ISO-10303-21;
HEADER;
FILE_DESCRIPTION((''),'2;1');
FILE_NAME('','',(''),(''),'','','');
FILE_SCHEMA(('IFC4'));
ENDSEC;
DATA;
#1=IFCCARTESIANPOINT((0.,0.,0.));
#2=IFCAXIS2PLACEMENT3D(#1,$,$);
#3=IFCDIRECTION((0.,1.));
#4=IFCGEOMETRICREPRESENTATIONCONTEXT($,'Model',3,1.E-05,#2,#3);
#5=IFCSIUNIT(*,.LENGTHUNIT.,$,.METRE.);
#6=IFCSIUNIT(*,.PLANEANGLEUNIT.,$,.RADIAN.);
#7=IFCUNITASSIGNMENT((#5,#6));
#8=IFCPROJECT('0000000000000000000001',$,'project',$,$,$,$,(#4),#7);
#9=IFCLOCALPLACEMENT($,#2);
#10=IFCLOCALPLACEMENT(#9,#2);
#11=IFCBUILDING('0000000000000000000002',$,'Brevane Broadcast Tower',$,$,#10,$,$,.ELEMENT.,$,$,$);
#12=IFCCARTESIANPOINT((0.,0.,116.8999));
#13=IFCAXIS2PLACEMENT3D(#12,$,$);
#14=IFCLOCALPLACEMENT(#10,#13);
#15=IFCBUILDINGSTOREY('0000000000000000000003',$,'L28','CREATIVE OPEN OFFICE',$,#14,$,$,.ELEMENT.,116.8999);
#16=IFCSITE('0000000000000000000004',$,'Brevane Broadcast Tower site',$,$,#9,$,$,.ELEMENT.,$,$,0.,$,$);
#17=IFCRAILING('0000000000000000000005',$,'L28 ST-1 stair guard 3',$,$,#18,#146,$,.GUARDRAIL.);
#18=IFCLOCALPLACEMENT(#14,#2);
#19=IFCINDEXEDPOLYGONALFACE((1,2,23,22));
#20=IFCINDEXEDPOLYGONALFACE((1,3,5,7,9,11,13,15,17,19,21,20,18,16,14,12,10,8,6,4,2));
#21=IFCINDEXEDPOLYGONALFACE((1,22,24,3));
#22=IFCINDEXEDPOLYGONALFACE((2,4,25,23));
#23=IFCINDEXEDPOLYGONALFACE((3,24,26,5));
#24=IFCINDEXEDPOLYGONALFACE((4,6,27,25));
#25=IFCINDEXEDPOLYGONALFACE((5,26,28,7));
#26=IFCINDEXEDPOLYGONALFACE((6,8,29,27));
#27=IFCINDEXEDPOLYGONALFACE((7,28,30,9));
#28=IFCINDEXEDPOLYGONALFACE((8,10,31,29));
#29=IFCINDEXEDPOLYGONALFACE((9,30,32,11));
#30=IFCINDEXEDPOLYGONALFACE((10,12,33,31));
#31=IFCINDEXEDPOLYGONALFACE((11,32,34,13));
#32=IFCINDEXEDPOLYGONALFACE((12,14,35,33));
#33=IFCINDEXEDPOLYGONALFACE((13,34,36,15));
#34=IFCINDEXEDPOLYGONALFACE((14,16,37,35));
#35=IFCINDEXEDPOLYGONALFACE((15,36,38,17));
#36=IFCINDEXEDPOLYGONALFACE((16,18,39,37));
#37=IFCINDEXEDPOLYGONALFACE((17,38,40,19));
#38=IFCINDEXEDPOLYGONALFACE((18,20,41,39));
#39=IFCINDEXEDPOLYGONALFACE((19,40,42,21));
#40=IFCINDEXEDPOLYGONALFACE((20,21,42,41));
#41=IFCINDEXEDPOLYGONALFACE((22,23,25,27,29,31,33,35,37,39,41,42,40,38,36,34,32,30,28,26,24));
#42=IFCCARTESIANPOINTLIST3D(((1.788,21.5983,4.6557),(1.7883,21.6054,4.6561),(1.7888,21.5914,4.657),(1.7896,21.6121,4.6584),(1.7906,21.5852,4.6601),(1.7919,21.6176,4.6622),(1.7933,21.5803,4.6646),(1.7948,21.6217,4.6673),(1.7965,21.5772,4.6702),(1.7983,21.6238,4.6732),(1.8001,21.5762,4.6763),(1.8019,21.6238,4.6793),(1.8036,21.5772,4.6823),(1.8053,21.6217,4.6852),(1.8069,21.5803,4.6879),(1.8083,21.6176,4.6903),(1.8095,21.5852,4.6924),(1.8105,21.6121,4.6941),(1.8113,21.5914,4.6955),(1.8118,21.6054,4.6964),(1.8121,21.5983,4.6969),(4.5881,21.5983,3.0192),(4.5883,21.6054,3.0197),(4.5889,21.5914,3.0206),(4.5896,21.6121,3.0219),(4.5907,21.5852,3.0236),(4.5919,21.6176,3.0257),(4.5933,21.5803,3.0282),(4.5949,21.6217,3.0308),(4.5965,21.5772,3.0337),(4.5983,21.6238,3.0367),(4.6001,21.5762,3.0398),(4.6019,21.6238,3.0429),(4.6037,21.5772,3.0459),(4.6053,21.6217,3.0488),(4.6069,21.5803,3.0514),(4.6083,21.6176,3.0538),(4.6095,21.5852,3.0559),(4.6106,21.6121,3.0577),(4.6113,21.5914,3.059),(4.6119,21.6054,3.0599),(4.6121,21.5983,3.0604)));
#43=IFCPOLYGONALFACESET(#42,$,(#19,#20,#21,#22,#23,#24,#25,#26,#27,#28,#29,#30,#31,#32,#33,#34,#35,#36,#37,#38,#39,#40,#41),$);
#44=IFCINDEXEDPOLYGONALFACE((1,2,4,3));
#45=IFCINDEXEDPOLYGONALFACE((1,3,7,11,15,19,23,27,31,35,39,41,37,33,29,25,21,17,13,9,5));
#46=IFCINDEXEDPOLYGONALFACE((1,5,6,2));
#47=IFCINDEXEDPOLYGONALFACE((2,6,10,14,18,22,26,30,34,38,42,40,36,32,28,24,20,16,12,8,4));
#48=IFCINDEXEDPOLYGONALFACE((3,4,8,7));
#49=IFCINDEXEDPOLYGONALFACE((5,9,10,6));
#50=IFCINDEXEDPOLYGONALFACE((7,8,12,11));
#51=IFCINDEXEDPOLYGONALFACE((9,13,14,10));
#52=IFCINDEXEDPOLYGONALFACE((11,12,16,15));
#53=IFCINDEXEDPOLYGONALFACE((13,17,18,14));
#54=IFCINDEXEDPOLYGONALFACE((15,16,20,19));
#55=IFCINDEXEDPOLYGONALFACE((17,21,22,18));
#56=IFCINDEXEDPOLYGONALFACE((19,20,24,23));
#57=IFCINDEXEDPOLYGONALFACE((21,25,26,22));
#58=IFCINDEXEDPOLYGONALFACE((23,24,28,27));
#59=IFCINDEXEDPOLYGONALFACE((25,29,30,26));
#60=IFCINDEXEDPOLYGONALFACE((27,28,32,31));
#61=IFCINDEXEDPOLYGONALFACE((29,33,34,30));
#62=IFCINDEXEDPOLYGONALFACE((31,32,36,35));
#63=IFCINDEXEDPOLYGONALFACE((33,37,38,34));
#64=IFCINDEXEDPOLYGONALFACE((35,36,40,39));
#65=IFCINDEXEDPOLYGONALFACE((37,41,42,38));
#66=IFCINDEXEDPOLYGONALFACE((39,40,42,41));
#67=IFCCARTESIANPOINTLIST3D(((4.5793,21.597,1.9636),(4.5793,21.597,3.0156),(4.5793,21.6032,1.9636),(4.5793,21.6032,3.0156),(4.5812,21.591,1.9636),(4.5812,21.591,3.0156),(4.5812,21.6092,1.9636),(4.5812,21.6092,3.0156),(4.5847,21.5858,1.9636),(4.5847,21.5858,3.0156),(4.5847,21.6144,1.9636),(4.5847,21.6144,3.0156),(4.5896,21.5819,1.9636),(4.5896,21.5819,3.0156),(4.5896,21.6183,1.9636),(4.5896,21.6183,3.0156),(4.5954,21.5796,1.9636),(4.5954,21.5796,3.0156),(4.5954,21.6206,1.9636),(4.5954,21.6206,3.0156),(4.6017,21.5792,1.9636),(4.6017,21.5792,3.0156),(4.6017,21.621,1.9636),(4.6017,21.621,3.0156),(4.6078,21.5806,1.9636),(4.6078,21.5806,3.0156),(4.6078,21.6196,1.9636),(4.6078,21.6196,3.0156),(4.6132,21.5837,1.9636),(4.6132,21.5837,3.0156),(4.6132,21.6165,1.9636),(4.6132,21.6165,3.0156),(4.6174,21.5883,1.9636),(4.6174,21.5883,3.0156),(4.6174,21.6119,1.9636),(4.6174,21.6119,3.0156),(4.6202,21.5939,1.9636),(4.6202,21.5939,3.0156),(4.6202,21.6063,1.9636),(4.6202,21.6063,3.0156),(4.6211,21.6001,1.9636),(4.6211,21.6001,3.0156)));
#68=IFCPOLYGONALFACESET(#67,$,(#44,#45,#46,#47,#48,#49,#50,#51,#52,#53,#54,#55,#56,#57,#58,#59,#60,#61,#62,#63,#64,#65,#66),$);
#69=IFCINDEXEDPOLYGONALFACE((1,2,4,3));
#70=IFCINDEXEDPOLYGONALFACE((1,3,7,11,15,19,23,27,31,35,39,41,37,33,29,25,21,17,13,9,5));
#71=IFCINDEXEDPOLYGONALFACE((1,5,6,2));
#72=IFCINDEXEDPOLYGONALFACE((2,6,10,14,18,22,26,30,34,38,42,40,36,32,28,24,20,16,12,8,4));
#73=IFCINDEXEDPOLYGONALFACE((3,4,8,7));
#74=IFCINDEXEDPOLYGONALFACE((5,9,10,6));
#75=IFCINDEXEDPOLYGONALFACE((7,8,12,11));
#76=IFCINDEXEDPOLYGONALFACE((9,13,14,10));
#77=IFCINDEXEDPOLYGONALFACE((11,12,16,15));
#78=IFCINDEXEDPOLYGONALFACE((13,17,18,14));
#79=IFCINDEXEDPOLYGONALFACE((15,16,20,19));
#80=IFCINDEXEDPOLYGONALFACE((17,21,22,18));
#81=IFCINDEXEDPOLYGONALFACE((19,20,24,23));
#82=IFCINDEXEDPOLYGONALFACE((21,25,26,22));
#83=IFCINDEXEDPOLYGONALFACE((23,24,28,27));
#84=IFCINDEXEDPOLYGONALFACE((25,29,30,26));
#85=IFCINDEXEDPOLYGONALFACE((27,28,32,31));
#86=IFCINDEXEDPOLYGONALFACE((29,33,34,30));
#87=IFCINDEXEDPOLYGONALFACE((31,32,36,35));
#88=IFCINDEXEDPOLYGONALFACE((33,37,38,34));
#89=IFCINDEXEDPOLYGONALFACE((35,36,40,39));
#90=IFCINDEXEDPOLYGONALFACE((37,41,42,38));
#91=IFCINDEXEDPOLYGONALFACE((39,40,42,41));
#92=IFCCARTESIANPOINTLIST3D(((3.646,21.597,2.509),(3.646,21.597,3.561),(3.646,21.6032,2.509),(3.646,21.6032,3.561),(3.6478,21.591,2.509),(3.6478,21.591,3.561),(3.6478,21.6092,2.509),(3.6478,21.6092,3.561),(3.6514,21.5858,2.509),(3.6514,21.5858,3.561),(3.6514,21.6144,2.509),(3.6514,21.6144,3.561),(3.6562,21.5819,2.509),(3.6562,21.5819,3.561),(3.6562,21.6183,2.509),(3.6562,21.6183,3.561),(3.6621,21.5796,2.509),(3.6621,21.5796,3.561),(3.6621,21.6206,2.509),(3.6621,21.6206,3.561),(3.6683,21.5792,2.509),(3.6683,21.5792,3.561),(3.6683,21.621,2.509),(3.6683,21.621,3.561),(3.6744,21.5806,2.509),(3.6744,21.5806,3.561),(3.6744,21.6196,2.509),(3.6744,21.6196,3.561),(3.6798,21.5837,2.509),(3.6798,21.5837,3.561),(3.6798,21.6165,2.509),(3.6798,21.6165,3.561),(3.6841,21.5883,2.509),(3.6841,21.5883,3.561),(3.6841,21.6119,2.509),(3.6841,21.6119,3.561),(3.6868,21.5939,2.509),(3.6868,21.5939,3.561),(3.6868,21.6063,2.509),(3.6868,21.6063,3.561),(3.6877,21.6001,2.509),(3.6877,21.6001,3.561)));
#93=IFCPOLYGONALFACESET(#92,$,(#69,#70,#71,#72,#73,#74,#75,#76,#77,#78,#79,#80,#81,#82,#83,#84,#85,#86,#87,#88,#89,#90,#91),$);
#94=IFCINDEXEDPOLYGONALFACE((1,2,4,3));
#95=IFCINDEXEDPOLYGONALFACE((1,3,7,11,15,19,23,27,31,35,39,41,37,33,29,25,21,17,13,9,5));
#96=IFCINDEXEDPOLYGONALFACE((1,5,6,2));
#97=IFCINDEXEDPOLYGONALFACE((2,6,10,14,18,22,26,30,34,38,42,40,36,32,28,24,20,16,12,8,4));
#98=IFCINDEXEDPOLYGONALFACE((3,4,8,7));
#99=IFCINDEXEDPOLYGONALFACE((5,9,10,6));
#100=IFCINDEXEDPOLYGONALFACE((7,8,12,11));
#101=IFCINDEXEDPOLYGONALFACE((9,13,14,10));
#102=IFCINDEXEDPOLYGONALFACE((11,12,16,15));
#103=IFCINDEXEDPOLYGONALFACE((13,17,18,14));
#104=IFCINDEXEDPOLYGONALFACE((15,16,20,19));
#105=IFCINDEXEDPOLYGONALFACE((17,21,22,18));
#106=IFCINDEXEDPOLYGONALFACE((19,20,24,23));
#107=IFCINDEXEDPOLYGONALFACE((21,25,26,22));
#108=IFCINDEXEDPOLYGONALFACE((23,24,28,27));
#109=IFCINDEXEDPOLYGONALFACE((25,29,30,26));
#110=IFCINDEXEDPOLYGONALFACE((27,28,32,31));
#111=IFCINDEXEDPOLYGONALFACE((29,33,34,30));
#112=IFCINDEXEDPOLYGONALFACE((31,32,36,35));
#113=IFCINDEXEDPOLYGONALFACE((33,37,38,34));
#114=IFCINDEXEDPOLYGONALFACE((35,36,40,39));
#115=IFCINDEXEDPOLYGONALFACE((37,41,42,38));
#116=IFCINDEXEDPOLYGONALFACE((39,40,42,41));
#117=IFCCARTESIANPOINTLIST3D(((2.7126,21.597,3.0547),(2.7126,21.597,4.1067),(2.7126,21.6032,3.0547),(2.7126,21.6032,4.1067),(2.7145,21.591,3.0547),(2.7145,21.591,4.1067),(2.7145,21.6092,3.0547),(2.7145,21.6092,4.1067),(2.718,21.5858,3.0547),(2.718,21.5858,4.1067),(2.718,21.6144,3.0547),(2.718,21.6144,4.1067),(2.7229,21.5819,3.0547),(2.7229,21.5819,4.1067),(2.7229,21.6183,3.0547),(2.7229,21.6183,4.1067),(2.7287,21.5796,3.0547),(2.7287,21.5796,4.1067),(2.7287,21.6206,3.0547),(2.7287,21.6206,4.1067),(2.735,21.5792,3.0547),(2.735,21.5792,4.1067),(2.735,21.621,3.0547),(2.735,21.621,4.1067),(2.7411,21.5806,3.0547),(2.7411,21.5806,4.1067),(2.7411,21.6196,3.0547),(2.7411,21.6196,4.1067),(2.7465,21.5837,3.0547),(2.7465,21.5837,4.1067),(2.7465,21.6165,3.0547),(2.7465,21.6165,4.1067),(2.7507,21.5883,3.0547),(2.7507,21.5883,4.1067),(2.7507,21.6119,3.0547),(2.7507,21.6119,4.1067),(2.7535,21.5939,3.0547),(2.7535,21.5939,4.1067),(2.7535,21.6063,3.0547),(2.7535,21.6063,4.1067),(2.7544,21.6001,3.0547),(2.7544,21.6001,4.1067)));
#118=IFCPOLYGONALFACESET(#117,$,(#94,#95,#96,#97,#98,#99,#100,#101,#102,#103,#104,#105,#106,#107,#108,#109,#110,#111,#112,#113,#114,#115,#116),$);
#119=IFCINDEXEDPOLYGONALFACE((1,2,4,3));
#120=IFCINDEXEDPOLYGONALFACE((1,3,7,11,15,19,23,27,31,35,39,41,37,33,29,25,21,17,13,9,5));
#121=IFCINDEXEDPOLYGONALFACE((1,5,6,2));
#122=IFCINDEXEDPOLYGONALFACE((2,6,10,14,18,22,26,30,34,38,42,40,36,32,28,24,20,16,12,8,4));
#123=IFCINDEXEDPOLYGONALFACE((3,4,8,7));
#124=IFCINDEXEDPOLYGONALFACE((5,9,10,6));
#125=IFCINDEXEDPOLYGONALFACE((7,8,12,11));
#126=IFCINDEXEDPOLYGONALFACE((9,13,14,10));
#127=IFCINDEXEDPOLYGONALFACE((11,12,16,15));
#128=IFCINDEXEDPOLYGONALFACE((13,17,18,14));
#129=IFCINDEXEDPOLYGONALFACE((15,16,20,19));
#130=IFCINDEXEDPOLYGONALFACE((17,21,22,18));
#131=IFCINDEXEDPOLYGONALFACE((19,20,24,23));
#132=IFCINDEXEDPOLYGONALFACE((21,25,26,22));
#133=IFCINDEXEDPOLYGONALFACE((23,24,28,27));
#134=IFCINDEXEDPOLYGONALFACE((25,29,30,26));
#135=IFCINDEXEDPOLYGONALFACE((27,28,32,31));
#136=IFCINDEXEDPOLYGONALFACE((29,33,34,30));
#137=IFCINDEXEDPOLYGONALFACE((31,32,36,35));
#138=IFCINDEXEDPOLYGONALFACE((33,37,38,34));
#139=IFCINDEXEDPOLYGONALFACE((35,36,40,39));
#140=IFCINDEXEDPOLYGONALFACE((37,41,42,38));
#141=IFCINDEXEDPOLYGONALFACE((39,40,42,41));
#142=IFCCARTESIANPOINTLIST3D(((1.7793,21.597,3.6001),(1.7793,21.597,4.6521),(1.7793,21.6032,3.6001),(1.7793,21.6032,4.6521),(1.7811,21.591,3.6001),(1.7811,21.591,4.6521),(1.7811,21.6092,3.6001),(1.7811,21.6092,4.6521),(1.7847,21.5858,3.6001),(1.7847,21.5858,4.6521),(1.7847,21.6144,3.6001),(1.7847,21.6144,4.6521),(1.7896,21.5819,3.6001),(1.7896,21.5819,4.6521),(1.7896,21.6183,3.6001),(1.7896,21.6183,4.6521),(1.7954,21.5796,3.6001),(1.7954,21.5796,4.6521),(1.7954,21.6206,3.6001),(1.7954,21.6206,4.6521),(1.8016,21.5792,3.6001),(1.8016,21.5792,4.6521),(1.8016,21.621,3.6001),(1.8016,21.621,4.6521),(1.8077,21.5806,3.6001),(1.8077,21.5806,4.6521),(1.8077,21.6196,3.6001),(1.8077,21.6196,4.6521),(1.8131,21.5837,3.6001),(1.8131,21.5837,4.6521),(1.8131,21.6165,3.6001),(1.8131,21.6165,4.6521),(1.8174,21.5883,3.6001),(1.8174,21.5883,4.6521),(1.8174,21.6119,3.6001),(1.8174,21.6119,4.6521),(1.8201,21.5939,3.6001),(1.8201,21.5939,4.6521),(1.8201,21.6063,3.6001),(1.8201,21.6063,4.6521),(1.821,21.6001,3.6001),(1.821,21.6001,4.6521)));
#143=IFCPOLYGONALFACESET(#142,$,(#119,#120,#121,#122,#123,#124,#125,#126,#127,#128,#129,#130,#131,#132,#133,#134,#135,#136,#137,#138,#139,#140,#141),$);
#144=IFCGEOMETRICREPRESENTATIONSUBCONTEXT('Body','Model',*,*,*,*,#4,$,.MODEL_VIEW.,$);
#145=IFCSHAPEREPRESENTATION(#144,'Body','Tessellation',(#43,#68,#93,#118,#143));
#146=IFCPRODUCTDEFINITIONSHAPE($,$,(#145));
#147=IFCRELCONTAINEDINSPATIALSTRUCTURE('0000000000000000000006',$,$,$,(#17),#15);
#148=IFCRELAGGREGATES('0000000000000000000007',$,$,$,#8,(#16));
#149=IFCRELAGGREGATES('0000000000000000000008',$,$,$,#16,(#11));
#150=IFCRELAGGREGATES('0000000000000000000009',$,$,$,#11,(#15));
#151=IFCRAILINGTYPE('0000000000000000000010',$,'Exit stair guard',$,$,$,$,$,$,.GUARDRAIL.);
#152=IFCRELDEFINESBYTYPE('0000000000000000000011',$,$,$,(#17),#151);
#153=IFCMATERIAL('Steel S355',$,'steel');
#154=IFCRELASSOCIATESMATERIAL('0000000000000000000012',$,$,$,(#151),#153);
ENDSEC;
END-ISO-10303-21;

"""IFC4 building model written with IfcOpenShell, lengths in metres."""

from ifc_helpers import new_model, si_unit, direction, frame, origin, origin_2d, place, context, subcontext, project, spatial, circle, extrude, material, type_object, element, save


model = new_model("IFC4")

# Units and contexts
model_context = context("Model", 3, precision=1e-05, world=origin(), true_north=direction((0.0, 1.0)))
body_context = subcontext(model_context, "Body", "Model", "MODEL_VIEW")
ifc_project = project(units=[si_unit("LENGTHUNIT", "METRE"), si_unit("PLANEANGLEUNIT", "RADIAN")], contexts=[model_context])

# Site, building, storey
site_placement = place(None, origin())
site = spatial("IfcSite", under=ifc_project, at=site_placement, Name="Brevane Broadcast Tower site", CompositionType="ELEMENT", RefElevation=0.0)
building_placement = place(site_placement, origin())
building = spatial("IfcBuilding", under=site, at=building_placement, Name="Brevane Broadcast Tower", CompositionType="ELEMENT")
storey_placement = place(building_placement, frame((0.0, 0.0, 116.8999)))
storey = spatial("IfcBuildingStorey", under=building, at=storey_placement, Name="L28", Description="CREATIVE OPEN OFFICE", CompositionType="ELEMENT", Elevation=116.8999)

# Railing
ifc_material_1 = material(Name="Steel S355", Category="steel")
railing_type_1 = type_object("IfcRailingType", Name="Exit stair guard", PredefinedType="GUARDRAIL", material=ifc_material_1)
railing_1_placement = place(storey_placement, frame((4.6001, 21.6001, 1.9636)))
element("IfcRailing", 1, at=railing_1_placement, inside=storey, type_object=railing_type_1, Name="L28 ST-1 stair guard 3", PredefinedType="GUARDRAIL", context=body_context, shape_type="SweptSolid", body=[
    extrude(circle(Radius=0.0239, at=origin_2d()), frame((0.0, 0.0, 1.0762), z_axis=(-0.863361, 0.0, 0.504587), x_axis=(0.0, -1.0, 0.0)), (0.0, 0.0, 1.0), 3.2432),
    extrude(circle(Radius=0.021, at=origin_2d()), origin(), (0.0, 0.0, 1.0), 1.052),
    extrude(circle(Radius=0.021, at=origin_2d()), frame((-0.9333, 0.0, 0.5454)), (0.0, 0.0, 1.0), 1.052),
    extrude(circle(Radius=0.021, at=origin_2d()), frame((-1.8667, 0.0, 1.0911)), (0.0, 0.0, 1.0), 1.052),
    extrude(circle(Radius=0.021, at=origin_2d()), frame((-2.8, 0.0, 1.6365)), (0.0, 0.0, 1.0), 1.052),
])

save(model, "model.ifc")
